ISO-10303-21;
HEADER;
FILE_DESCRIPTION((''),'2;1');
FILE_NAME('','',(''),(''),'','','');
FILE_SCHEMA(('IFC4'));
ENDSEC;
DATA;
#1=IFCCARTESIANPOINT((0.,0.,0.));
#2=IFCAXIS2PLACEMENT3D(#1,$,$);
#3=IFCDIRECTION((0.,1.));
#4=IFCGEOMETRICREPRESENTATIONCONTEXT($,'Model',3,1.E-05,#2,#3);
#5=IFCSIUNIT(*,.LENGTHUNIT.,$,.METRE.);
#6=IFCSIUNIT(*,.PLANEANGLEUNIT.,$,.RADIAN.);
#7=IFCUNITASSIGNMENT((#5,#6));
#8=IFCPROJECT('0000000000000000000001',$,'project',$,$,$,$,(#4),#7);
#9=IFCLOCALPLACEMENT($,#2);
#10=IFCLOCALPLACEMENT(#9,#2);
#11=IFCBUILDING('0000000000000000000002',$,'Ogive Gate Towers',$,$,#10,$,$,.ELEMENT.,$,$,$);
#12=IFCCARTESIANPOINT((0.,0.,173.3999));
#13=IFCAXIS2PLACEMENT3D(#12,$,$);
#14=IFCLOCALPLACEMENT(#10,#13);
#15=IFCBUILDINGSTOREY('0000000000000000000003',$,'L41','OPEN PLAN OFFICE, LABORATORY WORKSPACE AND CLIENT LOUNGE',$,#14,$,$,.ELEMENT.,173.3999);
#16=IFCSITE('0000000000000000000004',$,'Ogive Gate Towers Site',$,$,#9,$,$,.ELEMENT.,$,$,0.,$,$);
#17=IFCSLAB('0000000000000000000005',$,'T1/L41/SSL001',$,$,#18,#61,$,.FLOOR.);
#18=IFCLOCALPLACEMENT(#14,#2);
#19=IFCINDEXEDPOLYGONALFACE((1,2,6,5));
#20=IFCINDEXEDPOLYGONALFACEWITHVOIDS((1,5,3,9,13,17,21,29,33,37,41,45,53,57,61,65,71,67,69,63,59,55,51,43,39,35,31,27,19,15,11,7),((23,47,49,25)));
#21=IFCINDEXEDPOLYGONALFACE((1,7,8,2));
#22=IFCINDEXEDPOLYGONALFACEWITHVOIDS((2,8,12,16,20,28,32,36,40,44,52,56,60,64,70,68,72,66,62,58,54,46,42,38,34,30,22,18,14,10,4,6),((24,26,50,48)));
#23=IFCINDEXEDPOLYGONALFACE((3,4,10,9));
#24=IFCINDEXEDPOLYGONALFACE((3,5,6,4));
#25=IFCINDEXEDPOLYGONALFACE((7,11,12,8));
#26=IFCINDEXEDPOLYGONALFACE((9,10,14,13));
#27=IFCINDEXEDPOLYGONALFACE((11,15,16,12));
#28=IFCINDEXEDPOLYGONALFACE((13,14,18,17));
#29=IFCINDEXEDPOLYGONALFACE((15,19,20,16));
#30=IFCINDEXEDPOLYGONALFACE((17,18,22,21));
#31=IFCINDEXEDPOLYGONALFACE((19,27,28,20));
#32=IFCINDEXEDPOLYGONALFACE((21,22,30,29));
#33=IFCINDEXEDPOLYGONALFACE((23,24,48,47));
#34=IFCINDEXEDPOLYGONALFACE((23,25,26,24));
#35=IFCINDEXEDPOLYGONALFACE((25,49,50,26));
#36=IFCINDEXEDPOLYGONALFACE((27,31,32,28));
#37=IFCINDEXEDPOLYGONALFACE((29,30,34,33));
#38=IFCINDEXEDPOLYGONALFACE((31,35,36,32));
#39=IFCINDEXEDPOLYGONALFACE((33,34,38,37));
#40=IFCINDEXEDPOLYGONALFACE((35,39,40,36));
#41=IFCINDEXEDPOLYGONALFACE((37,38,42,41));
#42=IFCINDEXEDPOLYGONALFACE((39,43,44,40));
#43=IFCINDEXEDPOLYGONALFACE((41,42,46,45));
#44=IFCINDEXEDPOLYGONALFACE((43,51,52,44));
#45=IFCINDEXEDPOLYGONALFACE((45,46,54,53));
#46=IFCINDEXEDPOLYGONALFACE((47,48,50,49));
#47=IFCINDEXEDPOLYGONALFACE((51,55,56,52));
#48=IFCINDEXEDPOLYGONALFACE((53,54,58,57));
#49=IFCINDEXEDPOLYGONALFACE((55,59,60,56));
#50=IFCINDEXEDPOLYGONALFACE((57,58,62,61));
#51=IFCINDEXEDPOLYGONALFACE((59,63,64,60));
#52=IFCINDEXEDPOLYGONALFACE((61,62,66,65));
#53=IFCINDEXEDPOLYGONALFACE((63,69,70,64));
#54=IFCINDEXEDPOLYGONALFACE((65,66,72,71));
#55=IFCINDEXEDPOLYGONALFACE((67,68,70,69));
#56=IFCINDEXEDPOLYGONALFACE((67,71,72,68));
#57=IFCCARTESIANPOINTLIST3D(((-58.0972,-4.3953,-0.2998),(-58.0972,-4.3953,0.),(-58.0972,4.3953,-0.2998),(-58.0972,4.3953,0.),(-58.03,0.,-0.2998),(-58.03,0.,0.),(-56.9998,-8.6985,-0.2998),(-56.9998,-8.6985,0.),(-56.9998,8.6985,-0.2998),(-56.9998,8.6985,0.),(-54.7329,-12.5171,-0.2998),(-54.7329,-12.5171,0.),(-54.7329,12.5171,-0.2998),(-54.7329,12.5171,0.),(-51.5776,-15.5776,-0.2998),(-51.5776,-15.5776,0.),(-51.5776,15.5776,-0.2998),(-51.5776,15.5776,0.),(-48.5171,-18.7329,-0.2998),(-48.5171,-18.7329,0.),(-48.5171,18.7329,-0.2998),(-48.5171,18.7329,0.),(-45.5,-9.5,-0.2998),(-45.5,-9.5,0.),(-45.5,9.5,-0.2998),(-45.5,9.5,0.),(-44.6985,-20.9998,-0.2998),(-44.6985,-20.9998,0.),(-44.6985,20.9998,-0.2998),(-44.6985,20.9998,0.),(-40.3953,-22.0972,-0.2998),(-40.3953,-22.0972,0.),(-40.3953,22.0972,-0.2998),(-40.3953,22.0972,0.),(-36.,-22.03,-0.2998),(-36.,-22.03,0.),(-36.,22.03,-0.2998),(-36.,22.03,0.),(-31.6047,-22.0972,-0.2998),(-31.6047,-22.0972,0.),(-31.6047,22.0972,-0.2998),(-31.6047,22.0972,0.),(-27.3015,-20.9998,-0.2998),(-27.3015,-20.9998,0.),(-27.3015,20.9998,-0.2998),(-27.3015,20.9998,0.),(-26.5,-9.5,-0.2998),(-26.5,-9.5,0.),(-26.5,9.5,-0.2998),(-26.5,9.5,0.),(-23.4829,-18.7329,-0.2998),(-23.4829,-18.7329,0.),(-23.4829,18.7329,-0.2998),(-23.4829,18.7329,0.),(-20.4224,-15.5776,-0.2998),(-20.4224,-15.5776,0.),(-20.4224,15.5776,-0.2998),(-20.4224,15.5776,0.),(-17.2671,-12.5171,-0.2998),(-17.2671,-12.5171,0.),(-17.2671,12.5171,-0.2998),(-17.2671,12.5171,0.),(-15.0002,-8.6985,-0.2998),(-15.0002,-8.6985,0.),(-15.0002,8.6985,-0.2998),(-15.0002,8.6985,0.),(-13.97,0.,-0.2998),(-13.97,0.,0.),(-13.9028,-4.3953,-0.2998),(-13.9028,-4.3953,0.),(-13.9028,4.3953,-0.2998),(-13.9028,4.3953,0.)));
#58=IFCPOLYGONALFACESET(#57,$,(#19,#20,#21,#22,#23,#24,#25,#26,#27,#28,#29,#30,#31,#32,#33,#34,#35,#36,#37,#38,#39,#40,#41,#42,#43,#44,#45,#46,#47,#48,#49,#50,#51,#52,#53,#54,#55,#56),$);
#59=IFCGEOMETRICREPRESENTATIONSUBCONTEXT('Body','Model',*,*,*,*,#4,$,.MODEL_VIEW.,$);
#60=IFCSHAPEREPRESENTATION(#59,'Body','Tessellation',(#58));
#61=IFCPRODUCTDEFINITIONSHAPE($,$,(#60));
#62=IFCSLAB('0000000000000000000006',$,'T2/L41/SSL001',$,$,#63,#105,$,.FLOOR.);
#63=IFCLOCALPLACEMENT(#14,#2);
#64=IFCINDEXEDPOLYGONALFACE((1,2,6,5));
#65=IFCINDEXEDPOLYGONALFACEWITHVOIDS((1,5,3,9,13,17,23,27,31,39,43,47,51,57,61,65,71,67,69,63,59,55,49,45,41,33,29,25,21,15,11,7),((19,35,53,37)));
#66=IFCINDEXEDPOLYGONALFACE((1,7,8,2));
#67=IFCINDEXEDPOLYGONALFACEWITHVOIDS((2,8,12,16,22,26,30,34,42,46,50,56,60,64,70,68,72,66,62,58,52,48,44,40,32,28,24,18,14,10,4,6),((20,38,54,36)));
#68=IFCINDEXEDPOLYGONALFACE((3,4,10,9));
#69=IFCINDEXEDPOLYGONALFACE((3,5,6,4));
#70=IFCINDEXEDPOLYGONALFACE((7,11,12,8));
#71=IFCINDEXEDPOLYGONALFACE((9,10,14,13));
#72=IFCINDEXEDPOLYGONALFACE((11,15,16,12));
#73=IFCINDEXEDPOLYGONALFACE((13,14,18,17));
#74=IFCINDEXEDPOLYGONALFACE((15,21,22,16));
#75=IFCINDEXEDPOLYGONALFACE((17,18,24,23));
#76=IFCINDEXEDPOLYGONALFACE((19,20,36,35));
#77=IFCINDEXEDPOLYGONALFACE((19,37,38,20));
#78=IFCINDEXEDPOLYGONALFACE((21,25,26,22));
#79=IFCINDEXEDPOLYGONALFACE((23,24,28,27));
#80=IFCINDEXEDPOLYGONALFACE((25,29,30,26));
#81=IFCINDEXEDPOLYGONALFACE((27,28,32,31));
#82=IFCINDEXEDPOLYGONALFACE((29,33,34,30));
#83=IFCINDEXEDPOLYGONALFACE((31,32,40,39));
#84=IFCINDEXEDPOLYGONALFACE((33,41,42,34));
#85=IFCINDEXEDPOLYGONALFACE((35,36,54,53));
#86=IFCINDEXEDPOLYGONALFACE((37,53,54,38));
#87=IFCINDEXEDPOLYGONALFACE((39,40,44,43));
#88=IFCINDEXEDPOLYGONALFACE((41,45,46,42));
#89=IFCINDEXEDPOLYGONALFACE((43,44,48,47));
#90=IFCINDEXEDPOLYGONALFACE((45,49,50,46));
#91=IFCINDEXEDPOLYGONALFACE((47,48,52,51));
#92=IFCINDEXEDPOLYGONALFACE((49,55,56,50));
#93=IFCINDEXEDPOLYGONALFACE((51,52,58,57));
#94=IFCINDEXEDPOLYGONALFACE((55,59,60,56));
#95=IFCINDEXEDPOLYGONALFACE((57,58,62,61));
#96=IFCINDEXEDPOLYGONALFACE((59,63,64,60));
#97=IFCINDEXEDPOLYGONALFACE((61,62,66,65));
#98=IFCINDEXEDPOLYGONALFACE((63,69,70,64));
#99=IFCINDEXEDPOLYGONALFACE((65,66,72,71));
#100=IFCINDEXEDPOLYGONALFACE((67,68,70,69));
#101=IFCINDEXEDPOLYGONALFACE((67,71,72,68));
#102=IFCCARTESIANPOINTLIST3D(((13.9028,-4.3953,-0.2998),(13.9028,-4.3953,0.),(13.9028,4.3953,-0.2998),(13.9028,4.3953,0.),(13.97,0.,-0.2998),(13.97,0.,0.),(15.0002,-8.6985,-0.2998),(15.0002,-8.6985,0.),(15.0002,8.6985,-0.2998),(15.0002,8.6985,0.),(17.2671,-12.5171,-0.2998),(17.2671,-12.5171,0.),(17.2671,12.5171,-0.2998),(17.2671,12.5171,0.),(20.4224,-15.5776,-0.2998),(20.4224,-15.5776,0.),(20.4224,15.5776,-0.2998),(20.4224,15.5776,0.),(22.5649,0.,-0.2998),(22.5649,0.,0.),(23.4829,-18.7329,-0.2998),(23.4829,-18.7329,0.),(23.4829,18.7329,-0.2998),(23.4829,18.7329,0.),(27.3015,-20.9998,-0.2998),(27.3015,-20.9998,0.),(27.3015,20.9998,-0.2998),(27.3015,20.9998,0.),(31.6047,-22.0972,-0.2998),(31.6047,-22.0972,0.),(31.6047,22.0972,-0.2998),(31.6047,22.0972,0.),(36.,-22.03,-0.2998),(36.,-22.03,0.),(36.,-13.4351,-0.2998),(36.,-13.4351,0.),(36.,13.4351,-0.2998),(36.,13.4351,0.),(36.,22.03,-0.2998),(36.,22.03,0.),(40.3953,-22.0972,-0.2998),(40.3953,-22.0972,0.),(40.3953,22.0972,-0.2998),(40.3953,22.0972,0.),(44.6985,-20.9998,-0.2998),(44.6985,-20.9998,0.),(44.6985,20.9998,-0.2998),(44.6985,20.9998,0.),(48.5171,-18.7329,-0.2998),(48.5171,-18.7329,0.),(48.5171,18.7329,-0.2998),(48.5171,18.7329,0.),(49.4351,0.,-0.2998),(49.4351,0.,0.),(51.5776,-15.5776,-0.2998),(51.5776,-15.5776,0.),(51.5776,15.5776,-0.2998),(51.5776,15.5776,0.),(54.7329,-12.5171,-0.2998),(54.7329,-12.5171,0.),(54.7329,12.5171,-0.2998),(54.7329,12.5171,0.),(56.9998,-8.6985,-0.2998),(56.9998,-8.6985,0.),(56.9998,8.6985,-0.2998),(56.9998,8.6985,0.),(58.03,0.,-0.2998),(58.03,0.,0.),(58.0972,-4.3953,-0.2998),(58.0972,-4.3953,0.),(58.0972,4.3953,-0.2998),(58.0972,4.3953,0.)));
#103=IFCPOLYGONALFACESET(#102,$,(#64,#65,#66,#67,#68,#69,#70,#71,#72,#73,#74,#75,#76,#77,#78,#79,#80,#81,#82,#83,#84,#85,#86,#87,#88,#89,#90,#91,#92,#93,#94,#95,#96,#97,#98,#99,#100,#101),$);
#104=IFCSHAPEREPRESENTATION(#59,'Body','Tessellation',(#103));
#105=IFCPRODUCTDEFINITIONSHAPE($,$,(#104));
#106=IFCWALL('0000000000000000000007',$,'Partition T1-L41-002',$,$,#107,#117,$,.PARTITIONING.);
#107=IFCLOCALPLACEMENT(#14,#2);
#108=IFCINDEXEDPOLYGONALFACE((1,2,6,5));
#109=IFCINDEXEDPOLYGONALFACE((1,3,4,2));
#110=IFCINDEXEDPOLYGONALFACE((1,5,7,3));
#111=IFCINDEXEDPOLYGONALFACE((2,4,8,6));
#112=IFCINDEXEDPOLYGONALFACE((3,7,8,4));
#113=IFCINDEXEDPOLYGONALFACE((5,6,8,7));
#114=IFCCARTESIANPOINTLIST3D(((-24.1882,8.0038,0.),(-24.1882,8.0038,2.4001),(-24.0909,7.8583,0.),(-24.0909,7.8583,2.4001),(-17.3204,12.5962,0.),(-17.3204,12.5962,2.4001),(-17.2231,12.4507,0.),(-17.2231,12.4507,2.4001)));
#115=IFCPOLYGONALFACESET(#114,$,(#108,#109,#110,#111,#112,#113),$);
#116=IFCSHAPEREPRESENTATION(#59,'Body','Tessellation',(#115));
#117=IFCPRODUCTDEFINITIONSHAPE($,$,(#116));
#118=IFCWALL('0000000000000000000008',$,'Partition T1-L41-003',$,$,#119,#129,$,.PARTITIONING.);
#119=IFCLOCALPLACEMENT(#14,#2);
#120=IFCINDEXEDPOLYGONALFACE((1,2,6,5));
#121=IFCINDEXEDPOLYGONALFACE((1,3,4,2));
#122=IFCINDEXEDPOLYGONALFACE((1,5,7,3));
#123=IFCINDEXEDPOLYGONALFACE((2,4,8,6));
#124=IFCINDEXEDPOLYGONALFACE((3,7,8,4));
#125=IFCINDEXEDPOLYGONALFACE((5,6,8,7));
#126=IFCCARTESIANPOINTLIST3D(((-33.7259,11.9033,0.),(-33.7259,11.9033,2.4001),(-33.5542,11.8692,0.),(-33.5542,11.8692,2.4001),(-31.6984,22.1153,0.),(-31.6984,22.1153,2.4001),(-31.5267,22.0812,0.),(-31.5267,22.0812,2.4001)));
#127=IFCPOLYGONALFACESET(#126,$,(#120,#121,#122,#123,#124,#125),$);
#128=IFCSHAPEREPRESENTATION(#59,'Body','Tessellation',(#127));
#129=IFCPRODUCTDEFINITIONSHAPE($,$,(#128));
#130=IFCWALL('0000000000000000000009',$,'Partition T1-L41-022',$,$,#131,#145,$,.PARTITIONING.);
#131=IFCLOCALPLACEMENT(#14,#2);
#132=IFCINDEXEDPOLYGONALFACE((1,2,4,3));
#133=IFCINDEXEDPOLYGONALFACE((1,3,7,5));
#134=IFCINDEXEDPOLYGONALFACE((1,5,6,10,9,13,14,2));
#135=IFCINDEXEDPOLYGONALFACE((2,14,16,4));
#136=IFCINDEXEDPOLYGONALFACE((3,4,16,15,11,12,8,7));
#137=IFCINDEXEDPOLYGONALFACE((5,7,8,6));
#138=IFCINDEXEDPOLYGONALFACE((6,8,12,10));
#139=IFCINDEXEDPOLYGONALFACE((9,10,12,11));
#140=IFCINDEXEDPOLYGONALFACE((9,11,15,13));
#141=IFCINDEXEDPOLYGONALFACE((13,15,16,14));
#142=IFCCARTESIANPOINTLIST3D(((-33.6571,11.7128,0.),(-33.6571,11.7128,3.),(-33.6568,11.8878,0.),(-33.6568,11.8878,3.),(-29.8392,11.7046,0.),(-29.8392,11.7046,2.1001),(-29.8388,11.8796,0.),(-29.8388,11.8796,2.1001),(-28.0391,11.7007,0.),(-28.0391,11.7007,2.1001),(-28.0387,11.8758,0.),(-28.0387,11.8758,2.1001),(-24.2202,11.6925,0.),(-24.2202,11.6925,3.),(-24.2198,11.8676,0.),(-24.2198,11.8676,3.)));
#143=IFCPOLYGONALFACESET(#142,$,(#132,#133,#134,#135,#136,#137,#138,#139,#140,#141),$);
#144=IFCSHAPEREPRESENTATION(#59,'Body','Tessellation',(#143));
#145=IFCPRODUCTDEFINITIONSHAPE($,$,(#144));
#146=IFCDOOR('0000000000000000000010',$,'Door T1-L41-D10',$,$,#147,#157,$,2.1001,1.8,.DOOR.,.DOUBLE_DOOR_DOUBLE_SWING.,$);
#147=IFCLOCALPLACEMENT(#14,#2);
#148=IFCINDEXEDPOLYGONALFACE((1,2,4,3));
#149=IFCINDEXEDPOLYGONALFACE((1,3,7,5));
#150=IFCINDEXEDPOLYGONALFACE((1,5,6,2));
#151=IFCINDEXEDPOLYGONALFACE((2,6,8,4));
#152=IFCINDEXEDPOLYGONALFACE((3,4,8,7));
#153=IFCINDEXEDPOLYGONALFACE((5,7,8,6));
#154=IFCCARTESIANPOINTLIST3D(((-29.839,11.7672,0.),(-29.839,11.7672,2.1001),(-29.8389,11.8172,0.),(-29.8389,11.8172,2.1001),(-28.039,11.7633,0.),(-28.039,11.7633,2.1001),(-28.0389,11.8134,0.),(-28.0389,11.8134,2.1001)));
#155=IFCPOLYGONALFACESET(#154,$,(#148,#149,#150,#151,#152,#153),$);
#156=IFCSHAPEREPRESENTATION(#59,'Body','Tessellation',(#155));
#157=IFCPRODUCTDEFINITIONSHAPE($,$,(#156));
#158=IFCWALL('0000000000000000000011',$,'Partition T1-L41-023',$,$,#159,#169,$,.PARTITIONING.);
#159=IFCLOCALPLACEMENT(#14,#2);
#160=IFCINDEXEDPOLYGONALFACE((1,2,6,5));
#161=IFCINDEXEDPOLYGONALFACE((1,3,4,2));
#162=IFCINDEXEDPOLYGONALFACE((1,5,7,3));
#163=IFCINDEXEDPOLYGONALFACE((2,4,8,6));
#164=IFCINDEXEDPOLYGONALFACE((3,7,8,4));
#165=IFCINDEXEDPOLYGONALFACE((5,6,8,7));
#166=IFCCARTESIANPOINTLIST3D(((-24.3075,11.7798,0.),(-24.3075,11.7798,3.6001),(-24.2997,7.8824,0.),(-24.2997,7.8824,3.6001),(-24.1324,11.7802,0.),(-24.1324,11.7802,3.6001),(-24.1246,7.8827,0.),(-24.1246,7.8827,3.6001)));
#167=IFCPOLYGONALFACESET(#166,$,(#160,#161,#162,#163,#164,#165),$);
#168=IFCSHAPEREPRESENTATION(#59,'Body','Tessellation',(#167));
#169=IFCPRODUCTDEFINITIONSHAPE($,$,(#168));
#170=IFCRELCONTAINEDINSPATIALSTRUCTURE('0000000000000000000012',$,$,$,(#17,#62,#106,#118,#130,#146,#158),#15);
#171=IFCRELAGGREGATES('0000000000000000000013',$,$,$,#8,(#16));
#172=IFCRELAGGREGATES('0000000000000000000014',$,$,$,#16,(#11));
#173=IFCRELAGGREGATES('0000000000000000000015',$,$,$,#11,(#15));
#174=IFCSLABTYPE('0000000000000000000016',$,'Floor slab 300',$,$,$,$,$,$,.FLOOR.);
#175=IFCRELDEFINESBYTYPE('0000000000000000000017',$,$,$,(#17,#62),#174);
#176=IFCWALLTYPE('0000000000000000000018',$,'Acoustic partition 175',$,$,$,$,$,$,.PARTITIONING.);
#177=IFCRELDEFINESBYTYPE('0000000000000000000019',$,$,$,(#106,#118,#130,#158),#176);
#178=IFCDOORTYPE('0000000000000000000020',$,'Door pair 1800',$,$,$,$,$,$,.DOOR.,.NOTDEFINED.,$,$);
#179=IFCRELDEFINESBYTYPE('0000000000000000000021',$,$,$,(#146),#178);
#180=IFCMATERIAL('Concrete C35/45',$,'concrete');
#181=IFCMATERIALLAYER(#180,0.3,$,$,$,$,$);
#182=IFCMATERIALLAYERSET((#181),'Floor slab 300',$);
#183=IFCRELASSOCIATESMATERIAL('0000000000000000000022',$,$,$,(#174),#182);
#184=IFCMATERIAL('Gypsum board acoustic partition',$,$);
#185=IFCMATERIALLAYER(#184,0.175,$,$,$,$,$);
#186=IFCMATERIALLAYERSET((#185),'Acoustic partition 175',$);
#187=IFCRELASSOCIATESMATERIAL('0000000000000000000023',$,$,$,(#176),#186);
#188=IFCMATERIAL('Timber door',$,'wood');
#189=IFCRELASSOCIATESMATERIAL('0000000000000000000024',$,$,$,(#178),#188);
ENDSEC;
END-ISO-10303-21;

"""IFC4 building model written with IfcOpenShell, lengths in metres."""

from ifc_helpers import new_model, si_unit, direction, frame, frame_2d, origin, place, context, subcontext, project, spatial, polyline, rectangle, outline, extrude, material, layer, layer_set, type_object, element, fill, save


model = new_model("IFC4")

# Units and contexts
model_context = context("Model", 3, precision=1e-05, world=origin(), true_north=direction((0.0, 1.0)))
body_context = subcontext(model_context, "Body", "Model", "MODEL_VIEW")
ifc_project = project(units=[si_unit("LENGTHUNIT", "METRE"), si_unit("PLANEANGLEUNIT", "RADIAN")], contexts=[model_context])

# Site, building, storey
site_placement = place(None, origin())
site = spatial("IfcSite", under=ifc_project, at=site_placement, Name="Ogive Gate Towers Site", CompositionType="ELEMENT", RefElevation=0.0)
building_placement = place(site_placement, origin())
building = spatial("IfcBuilding", under=site, at=building_placement, Name="Ogive Gate Towers", CompositionType="ELEMENT")
storey_placement = place(building_placement, frame((0.0, 0.0, 173.3999)))
storey = spatial("IfcBuildingStorey", under=building, at=storey_placement, Name="L41", Description="OPEN PLAN OFFICE, LABORATORY WORKSPACE AND CLIENT LOUNGE", CompositionType="ELEMENT", Elevation=173.3999)

# Slabs
ifc_material_1 = material(Name="Concrete C35/45", Category="concrete")
ifc_layer_1 = layer(ifc_material_1, 0.3)
ifc_layer_set_1 = layer_set([ifc_layer_1], Name="Floor slab 300")
slab_type_1 = type_object("IfcSlabType", Name="Floor slab 300", PredefinedType="FLOOR", material=ifc_layer_set_1)
slab_1_placement = place(storey_placement, frame((0.0, 0.0, -0.2998)))
element("IfcSlab", 1, at=slab_1_placement, inside=storey, type_object=slab_type_1, Name="T1/L41/SSL001", PredefinedType="FLOOR", context=body_context, shape_type="SweptSolid", body=[
    extrude(outline(polyline([(-13.9028, -4.3953), (-13.97, 0.0), (-13.9028, 4.3953), (-15.0002, 8.6985), (-17.2671, 12.5171), (-20.4224, 15.5776), (-23.4829, 18.7329), (-27.3015, 20.9998), (-31.6047, 22.0972), (-36.0, 22.03), (-40.3953, 22.0972), (-44.6985, 20.9998), (-48.5171, 18.7329), (-51.5776, 15.5776), (-54.7329, 12.5171), (-56.9998, 8.6985), (-58.0972, 4.3953), (-58.03, 0.0), (-58.0972, -4.3953), (-56.9998, -8.6985), (-54.7329, -12.5171), (-51.5776, -15.5776), (-48.5171, -18.7329), (-44.6985, -20.9998), (-40.3953, -22.0972), (-36.0, -22.03), (-31.6047, -22.0972), (-27.3015, -20.9998), (-23.4829, -18.7329), (-20.4224, -15.5776), (-17.2671, -12.5171), (-15.0002, -8.6985), (-13.9028, -4.3953)]), holes=[polyline([(-26.5, -9.5), (-45.5, -9.5), (-45.5, 9.5), (-26.5, 9.5), (-26.5, -9.5)])]), origin(), (0.0, 0.0, 1.0), 0.2998),
])
slab_2_placement = place(storey_placement, frame((0.0, 0.0, -0.2998)))
element("IfcSlab", 2, at=slab_2_placement, inside=storey, type_object=slab_type_1, Name="T2/L41/SSL001", PredefinedType="FLOOR", context=body_context, shape_type="SweptSolid", body=[
    extrude(outline(polyline([(58.0972, -4.3953), (58.03, 0.0), (58.0972, 4.3953), (56.9998, 8.6985), (54.7329, 12.5171), (51.5776, 15.5776), (48.5171, 18.7329), (44.6985, 20.9998), (40.3953, 22.0972), (36.0, 22.03), (31.6047, 22.0972), (27.3015, 20.9998), (23.4829, 18.7329), (20.4224, 15.5776), (17.2671, 12.5171), (15.0002, 8.6985), (13.9028, 4.3953), (13.97, 0.0), (13.9028, -4.3953), (15.0002, -8.6985), (17.2671, -12.5171), (20.4224, -15.5776), (23.4829, -18.7329), (27.3015, -20.9998), (31.6047, -22.0972), (36.0, -22.03), (40.3953, -22.0972), (44.6985, -20.9998), (48.5171, -18.7329), (51.5776, -15.5776), (54.7329, -12.5171), (56.9998, -8.6985), (58.0972, -4.3953)]), holes=[polyline([(49.4351, 0.0), (36.0, -13.4351), (22.5649, 0.0), (36.0, 13.4351), (49.4351, 0.0)])]), origin(), (0.0, 0.0, 1.0), 0.2998),
])

# Walls
ifc_material_2 = material(Name="Gypsum board acoustic partition")
ifc_layer_2 = layer(ifc_material_2, 0.175)
ifc_layer_set_2 = layer_set([ifc_layer_2], Name="Acoustic partition 175")
wall_type_1 = type_object("IfcWallType", Name="Acoustic partition 175", PredefinedType="PARTITIONING", material=ifc_layer_set_2)
wall_1_placement = place(storey_placement, frame((-17.2717, 12.5234, 0.0), z_axis=(0.0, 0.0, 1.0), x_axis=(-0.831277, -0.555859, 0.0)))
element("IfcWall", 3, at=wall_1_placement, inside=storey, type_object=wall_type_1, Name="Partition T1-L41-002", PredefinedType="PARTITIONING", context=body_context, shape_type="SweptSolid", body=[
    extrude(rectangle(XDim=8.2617, YDim=0.175, at=frame_2d((4.1309, 0.0))), origin(), (0.0, 0.0, 1.0), 2.4001),
])
wall_2_placement = place(storey_placement, frame((-31.6125, 22.0981, 0.0), z_axis=(0.0, 0.0, 1.0), x_axis=(-0.194745, -0.980854, 0.0)))
element("IfcWall", 4, at=wall_2_placement, inside=storey, type_object=wall_type_1, Name="Partition T1-L41-003", PredefinedType="PARTITIONING", context=body_context, shape_type="SweptSolid", body=[
    extrude(rectangle(XDim=10.4114, YDim=0.175, at=frame_2d((5.2056, 0.0))), origin(), (0.0, 0.0, 1.0), 2.4001),
])

# Wall, opening, door
wall_3_placement = place(storey_placement, frame((-24.22, 11.78, 0.0), z_axis=(0.0, 0.0, 1.0), x_axis=(-0.999998, 0.002147, 0.0)))
wall_3 = element("IfcWall", 5, at=wall_3_placement, inside=storey, type_object=wall_type_1, Name="Partition T1-L41-022", PredefinedType="PARTITIONING", context=body_context, shape_type="SweptSolid", body=[
    extrude(rectangle(XDim=9.437, YDim=0.175, at=frame_2d((4.7185, 0.0))), origin(), (0.0, 0.0, 1.0), 3.0),
])
opening_1_placement = place(wall_3_placement, frame((3.8191, 0.0, 0.0)))
opening_1 = element("IfcOpeningElement", 6, at=opening_1_placement, cuts=wall_3, PredefinedType="OPENING", context=body_context, shape_type="SweptSolid", body=[
    extrude(rectangle(XDim=1.8, YDim=2.1001, at=frame_2d((0.8999, 1.05))), frame((0.0, 0.0977, 0.0), z_axis=(0.0, -1.0, 0.0), x_axis=(1.0, 0.0, 0.0)), (0.0, 0.0, 1.0), 0.1951),
])
ifc_material_3 = material(Name="Timber door", Category="wood")
door_type_1 = type_object("IfcDoorType", Name="Door pair 1800", OperationType="NOTDEFINED", PredefinedType="DOOR", material=ifc_material_3)
door_1_placement = place(opening_1_placement, origin())
door_1 = element("IfcDoor", 7, at=door_1_placement, inside=storey, type_object=door_type_1, Name="Door T1-L41-D10", OperationType="DOUBLE_DOOR_DOUBLE_SWING", OverallHeight=2.1001, OverallWidth=1.8, PredefinedType="DOOR", context=body_context, shape_type="SweptSolid", body=[
    extrude(rectangle(XDim=1.8, YDim=2.1001, at=frame_2d((0.8999, 1.05))), frame((0.0, 0.0249, 0.0), z_axis=(0.0, -1.0, 0.0), x_axis=(1.0, 0.0, 0.0)), (0.0, 0.0, 1.0), 0.05),
])
fill(opening_1, door_1)

# Wall
wall_4_placement = place(storey_placement, frame((-24.2122, 7.8826, 0.0), z_axis=(0.0, 0.0, 1.0), x_axis=(-0.002005, 0.999998, 0.0)))
element("IfcWall", 8, at=wall_4_placement, inside=storey, type_object=wall_type_1, Name="Partition T1-L41-023", PredefinedType="PARTITIONING", context=body_context, shape_type="SweptSolid", body=[
    extrude(rectangle(XDim=3.8975, YDim=0.175, at=frame_2d((1.9487, 0.0))), origin(), (0.0, 0.0, 1.0), 3.6001),
])

save(model, "model.ifc")
